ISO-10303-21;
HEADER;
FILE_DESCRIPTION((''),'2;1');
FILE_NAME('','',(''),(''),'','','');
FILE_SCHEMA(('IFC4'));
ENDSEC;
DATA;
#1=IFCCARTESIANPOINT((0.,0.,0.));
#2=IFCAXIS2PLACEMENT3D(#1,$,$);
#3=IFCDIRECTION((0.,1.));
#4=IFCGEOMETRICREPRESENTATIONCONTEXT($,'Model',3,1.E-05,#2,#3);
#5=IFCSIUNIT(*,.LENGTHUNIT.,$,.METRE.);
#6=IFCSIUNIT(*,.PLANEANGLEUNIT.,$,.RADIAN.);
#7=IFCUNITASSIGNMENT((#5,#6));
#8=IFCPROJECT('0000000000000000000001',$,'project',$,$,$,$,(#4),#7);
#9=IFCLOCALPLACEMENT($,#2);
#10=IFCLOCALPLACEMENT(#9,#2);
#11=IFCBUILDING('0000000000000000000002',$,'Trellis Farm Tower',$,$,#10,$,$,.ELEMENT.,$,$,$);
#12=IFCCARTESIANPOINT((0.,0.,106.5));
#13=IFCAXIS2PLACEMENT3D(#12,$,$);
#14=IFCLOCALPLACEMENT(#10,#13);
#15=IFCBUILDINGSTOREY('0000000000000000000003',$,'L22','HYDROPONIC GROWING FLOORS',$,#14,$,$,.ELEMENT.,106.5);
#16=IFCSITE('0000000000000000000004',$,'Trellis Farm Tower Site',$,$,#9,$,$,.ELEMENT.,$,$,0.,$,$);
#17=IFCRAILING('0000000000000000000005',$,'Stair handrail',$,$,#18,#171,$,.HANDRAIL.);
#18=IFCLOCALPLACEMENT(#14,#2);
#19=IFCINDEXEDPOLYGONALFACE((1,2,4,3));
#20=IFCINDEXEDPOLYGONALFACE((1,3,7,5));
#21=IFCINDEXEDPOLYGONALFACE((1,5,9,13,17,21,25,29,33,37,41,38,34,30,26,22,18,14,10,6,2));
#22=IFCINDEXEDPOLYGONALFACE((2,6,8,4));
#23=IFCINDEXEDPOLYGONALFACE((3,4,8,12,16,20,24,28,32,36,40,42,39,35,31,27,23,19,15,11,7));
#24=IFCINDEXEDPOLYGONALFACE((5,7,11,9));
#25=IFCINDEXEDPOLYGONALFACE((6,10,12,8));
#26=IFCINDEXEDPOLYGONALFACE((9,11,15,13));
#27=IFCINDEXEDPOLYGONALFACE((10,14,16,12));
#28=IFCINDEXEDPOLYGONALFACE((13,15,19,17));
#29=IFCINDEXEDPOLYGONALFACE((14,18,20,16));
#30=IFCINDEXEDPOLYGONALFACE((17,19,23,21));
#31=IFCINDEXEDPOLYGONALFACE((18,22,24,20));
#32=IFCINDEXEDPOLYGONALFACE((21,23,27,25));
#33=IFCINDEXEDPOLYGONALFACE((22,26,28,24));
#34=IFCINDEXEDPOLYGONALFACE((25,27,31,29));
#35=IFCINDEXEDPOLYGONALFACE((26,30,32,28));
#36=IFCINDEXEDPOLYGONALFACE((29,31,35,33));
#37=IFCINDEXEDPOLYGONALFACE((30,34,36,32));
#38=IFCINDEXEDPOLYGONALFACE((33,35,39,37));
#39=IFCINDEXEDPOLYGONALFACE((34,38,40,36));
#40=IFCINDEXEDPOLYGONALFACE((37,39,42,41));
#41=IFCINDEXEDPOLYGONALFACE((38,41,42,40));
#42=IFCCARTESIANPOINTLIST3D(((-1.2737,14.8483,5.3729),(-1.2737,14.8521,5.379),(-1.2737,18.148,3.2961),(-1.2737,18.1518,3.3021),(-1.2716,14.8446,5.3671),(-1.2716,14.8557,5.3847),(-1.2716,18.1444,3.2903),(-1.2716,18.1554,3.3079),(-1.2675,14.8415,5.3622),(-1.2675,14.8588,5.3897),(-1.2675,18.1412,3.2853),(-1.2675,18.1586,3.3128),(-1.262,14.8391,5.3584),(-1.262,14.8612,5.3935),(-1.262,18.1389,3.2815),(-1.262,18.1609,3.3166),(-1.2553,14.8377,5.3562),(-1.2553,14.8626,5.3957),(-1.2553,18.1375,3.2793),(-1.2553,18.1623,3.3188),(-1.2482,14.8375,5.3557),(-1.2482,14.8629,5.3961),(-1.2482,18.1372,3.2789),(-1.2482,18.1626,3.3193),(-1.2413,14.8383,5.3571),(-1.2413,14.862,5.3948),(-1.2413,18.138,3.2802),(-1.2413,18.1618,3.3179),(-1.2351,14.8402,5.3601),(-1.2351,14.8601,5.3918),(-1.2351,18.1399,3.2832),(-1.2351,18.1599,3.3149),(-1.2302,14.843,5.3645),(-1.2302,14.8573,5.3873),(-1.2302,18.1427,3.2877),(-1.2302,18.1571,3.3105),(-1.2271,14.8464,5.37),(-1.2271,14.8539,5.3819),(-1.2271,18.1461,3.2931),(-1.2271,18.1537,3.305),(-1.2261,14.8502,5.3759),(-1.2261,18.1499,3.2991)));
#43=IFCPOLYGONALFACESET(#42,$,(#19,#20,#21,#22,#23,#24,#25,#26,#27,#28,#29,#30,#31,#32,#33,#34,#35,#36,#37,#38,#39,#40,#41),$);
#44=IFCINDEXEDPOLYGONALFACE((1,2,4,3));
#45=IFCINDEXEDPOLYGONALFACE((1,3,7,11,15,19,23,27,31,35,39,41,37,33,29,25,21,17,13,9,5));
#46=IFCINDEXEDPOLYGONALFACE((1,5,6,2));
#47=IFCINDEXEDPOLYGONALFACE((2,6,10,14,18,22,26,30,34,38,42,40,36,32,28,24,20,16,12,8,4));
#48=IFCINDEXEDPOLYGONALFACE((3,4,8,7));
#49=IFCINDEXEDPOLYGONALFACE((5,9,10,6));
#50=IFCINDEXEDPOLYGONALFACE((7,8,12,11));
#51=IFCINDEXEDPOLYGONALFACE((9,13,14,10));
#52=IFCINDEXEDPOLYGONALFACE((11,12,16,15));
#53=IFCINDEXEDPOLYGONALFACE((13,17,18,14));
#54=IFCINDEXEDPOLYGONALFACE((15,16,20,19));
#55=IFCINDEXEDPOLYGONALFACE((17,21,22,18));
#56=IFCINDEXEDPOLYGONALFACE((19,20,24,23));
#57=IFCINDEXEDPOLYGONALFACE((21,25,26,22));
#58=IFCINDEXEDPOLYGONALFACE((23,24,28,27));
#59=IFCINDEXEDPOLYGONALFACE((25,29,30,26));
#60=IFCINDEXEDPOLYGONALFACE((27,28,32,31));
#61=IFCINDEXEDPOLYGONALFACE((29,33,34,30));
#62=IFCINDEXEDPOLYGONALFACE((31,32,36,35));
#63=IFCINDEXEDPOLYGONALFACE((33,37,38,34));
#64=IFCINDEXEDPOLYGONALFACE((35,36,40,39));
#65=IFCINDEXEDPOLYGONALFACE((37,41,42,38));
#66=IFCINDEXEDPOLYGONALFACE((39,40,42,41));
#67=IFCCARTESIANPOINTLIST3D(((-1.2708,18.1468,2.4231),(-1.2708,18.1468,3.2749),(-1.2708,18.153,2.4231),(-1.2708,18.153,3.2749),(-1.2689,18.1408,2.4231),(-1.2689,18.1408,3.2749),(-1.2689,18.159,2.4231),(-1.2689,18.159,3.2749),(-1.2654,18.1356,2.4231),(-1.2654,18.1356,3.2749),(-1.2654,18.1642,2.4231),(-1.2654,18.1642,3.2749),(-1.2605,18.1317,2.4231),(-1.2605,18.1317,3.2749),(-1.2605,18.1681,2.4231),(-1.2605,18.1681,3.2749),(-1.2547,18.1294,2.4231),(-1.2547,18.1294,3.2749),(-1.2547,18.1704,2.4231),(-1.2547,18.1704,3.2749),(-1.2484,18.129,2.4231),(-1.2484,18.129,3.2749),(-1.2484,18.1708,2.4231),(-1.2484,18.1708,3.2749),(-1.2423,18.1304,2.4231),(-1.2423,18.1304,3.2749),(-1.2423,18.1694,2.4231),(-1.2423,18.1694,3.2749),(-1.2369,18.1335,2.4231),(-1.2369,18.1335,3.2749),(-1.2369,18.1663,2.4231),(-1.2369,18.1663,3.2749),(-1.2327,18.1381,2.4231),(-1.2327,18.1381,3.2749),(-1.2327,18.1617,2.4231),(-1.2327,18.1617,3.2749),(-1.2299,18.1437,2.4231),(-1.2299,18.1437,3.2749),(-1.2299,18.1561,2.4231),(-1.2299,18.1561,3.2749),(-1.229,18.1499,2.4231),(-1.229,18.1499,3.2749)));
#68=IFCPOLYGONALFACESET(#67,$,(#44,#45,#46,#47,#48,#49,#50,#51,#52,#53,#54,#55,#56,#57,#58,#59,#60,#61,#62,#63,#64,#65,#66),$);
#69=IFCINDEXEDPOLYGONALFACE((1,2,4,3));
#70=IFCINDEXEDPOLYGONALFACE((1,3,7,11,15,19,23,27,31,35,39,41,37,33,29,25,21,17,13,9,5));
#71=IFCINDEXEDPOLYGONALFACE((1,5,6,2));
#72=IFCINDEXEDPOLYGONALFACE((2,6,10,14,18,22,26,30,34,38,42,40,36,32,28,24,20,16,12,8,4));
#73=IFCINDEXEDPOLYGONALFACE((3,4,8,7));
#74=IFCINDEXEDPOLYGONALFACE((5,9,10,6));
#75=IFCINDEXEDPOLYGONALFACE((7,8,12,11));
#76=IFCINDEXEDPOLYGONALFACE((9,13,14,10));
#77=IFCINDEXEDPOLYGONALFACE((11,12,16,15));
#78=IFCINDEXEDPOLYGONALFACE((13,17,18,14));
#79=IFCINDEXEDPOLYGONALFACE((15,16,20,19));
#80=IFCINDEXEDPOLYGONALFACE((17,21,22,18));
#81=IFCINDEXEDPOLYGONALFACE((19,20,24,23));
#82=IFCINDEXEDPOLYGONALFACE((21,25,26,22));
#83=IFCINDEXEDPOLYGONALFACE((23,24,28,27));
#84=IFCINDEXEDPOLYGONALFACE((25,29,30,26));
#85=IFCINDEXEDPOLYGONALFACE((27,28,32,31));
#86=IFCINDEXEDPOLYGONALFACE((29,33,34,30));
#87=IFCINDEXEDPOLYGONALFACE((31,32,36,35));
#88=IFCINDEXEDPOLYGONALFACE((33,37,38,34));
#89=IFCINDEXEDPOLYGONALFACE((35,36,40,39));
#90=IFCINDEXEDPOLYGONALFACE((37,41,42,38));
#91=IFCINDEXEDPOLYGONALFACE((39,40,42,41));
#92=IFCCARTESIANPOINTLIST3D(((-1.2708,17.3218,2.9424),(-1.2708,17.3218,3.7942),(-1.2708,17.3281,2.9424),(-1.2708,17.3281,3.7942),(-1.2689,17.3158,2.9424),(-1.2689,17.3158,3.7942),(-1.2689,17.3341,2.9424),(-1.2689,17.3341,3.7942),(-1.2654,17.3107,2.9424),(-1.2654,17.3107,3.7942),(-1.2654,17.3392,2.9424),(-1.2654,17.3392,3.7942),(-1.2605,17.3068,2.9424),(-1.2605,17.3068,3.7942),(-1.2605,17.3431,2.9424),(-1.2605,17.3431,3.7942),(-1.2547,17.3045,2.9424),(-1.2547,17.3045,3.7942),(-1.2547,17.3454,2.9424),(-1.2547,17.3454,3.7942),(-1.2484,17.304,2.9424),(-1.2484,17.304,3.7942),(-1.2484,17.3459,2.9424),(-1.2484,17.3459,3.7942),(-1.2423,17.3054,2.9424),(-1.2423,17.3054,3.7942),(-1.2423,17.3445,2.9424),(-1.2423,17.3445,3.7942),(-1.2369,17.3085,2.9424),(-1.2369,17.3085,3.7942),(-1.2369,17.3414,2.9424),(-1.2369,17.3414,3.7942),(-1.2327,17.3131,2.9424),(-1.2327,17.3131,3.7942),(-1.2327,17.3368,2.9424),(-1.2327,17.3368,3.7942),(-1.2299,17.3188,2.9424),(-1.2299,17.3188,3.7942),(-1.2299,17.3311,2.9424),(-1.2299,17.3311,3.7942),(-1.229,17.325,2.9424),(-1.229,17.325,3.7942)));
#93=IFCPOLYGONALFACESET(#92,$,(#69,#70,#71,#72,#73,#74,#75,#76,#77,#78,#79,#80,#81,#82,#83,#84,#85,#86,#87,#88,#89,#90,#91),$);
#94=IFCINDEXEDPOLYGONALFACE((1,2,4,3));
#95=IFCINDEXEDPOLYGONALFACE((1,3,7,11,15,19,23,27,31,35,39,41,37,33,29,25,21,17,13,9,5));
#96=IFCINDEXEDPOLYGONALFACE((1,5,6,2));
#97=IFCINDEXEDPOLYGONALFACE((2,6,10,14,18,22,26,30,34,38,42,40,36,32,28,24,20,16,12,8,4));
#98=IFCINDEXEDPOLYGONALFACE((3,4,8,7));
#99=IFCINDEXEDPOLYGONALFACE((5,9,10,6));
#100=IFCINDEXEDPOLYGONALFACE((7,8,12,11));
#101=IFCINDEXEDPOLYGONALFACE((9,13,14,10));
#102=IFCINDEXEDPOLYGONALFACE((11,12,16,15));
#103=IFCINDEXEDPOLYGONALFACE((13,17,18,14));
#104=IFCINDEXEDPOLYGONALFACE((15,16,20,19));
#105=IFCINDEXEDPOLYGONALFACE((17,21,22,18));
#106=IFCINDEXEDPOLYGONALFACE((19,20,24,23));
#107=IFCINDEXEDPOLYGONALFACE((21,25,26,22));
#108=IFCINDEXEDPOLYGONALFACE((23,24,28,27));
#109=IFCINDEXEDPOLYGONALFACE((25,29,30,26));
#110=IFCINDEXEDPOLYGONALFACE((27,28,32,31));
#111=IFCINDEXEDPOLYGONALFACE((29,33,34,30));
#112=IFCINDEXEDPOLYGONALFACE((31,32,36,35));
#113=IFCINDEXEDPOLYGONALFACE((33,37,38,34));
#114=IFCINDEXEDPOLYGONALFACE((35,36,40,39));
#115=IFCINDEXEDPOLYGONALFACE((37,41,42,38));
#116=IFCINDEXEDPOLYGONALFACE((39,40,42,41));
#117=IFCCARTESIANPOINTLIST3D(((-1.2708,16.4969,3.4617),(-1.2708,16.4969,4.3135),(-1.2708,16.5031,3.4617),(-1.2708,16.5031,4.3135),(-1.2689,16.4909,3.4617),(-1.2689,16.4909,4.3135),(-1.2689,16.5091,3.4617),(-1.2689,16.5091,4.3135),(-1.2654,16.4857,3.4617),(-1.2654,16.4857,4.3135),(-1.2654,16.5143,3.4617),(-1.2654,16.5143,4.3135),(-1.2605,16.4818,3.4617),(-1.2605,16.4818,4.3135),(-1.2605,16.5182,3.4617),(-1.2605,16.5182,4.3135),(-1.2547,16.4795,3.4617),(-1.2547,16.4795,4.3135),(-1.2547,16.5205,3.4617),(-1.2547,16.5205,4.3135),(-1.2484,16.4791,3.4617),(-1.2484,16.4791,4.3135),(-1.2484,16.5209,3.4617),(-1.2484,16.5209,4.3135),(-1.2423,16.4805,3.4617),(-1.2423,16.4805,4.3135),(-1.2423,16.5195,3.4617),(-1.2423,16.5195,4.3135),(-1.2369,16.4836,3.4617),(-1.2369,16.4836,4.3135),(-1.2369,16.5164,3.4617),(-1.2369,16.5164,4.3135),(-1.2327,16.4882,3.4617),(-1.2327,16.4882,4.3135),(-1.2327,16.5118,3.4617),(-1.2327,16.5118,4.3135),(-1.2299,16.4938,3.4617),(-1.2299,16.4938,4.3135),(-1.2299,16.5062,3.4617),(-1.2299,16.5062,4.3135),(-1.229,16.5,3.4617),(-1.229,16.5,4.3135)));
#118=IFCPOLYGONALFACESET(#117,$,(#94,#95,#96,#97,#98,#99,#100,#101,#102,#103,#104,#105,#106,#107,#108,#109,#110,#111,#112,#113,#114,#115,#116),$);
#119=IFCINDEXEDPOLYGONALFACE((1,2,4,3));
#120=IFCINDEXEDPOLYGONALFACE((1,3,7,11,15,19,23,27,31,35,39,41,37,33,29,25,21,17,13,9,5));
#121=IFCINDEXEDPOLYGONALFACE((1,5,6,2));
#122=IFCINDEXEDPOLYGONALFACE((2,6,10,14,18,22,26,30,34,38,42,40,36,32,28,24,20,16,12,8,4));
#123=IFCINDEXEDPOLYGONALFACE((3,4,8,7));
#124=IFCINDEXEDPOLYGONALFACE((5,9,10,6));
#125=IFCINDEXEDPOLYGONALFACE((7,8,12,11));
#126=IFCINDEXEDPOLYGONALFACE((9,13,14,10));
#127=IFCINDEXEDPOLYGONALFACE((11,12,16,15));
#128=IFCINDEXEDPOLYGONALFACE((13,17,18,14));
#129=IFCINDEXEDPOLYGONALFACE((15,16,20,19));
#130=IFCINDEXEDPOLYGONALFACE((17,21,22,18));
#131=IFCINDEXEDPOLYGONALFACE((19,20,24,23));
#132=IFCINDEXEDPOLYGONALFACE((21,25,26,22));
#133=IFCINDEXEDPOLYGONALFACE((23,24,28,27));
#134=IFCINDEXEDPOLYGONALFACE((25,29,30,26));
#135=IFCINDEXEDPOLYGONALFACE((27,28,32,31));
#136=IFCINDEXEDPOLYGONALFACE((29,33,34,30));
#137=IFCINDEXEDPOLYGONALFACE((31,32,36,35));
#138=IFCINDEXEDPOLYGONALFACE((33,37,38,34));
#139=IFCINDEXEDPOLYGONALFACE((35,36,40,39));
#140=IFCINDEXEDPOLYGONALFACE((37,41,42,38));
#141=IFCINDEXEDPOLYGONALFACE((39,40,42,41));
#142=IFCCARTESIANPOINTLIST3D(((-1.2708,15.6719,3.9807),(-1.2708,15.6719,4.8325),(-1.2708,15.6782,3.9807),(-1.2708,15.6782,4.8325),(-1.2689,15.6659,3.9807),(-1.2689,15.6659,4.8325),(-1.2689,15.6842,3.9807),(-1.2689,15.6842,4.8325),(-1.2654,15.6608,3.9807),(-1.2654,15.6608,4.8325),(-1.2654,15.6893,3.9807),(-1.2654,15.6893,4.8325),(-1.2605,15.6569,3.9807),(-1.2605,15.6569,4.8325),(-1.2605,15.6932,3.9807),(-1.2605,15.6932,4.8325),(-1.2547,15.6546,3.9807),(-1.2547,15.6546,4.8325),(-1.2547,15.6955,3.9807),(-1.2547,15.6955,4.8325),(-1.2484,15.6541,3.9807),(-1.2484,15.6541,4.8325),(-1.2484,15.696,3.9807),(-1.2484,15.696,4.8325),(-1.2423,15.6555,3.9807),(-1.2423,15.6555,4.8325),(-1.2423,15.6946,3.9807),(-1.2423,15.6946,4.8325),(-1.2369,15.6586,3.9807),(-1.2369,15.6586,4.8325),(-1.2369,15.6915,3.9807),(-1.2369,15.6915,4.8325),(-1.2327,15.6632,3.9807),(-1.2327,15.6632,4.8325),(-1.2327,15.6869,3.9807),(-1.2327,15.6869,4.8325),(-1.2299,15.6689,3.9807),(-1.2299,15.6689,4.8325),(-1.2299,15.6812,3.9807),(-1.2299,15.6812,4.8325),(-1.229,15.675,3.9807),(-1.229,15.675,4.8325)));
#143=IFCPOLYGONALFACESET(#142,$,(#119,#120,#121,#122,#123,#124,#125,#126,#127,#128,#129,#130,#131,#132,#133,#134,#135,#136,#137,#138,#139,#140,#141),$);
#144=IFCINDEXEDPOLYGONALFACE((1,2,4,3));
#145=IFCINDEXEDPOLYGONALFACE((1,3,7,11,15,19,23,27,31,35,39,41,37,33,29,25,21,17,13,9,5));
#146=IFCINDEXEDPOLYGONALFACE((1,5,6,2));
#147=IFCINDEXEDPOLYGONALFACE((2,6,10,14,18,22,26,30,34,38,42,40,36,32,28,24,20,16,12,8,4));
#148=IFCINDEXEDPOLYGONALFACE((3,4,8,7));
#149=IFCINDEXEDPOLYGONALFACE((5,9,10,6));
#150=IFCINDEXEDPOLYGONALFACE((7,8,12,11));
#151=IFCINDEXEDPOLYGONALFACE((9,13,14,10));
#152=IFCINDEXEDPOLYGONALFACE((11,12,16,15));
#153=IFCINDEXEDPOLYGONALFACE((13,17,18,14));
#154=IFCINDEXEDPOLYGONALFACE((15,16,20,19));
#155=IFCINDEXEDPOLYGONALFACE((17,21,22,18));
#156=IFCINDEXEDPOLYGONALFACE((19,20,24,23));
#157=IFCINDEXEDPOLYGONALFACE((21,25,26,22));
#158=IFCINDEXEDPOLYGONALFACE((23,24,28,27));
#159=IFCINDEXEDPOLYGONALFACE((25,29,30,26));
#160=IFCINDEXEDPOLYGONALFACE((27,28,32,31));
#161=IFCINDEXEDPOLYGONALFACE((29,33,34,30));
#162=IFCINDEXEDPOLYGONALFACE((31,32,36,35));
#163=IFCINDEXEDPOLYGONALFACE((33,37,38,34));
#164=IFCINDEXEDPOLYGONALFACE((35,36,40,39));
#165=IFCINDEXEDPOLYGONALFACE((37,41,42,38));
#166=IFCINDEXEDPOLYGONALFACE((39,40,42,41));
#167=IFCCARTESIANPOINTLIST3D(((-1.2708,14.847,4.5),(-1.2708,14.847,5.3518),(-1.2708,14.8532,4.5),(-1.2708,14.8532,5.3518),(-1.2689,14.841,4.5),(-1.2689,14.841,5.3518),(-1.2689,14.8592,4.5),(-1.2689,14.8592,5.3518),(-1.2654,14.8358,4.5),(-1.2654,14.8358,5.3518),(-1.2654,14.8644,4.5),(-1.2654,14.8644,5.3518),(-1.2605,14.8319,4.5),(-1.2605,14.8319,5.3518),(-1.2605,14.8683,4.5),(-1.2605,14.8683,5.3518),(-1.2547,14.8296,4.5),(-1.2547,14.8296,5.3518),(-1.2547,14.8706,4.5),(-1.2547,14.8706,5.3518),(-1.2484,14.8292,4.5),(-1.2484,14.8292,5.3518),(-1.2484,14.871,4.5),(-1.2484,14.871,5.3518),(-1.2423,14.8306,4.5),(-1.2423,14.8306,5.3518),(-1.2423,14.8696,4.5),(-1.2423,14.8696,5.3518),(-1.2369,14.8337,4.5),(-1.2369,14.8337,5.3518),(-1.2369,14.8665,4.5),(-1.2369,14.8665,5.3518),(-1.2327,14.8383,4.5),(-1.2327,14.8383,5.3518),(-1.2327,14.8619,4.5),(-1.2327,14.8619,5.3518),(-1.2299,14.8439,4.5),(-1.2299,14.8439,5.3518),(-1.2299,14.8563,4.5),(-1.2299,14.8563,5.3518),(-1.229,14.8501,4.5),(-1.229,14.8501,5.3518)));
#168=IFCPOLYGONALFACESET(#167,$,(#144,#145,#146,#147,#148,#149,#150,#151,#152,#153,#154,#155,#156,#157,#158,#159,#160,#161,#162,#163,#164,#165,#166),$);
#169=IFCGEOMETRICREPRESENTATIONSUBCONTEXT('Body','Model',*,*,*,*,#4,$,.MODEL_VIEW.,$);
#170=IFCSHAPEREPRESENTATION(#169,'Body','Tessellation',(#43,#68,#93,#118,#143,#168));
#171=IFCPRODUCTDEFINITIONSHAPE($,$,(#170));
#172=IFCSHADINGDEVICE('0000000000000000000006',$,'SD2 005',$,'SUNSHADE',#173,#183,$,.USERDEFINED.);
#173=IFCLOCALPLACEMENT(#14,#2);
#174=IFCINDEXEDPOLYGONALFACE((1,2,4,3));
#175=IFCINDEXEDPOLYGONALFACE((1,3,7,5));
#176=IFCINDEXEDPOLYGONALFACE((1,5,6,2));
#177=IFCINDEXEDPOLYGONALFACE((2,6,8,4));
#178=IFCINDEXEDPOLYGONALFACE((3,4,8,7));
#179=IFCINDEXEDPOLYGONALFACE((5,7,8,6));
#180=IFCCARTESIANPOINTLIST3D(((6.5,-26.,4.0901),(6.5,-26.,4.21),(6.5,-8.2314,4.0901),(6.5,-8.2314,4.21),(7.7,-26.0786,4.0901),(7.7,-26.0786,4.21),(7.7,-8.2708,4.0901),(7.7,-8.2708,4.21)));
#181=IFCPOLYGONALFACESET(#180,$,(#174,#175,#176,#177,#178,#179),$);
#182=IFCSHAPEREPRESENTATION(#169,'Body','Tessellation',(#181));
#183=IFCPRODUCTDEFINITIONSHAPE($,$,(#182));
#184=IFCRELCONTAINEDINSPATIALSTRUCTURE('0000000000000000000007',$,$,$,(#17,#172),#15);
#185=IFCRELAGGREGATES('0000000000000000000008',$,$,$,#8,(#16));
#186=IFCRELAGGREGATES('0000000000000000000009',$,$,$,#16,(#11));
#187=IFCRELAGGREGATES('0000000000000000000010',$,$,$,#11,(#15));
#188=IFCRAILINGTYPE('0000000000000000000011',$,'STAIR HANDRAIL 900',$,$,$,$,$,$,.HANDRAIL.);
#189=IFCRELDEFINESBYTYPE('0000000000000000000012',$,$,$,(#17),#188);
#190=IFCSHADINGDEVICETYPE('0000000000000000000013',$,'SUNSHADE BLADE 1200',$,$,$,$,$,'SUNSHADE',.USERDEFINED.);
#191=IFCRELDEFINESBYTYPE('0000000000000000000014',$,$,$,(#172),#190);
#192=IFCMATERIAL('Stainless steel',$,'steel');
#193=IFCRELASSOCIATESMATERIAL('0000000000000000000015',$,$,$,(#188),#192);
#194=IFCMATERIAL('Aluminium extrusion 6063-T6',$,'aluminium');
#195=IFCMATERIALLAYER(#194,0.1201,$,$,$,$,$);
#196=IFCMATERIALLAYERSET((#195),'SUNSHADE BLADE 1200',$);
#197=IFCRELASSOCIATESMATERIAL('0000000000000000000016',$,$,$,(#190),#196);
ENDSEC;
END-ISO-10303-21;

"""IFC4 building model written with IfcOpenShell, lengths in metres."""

from ifc_helpers import new_model, si_unit, direction, frame, origin, origin_2d, place, context, subcontext, project, spatial, polyline, circle, outline, extrude, source, transform, mapped, material, layer, layer_set, type_object, element, save


model = new_model("IFC4")

# Units and contexts
model_context = context("Model", 3, precision=1e-05, world=origin(), true_north=direction((0.0, 1.0)))
body_context = subcontext(model_context, "Body", "Model", "MODEL_VIEW")
ifc_project = project(units=[si_unit("LENGTHUNIT", "METRE"), si_unit("PLANEANGLEUNIT", "RADIAN")], contexts=[model_context])

# Site, building, storey
site_placement = place(None, origin())
site = spatial("IfcSite", under=ifc_project, at=site_placement, Name="Trellis Farm Tower Site", CompositionType="ELEMENT", RefElevation=0.0)
building_placement = place(site_placement, origin())
building = spatial("IfcBuilding", under=site, at=building_placement, Name="Trellis Farm Tower", CompositionType="ELEMENT")
storey_placement = place(building_placement, frame((0.0, 0.0, 106.5)))
storey = spatial("IfcBuildingStorey", under=building, at=storey_placement, Name="L22", Description="HYDROPONIC GROWING FLOORS", CompositionType="ELEMENT", Elevation=106.5)

# Railing
ifc_material_1 = material(Name="Stainless steel", Category="steel")
railing_type = type_object("IfcRailingType", Name="STAIR HANDRAIL 900", PredefinedType="HANDRAIL", material=ifc_material_1)
shared_shape_1 = source(origin(), body_context, "Body", "SweptSolid", [
    extrude(circle(Radius=0.0239, at=origin_2d()), frame((0.0, 0.0, 0.876), z_axis=(0.0, -0.84632, 0.532675), x_axis=(1.0, 0.0, 0.0)), (0.0, 0.0, 1.0), 3.8989),
    extrude(circle(Radius=0.021, at=origin_2d()), origin(), (0.0, 0.0, 1.0), 0.8518),
    extrude(circle(Radius=0.021, at=origin_2d()), frame((0.0, -0.825, 0.5193)), (0.0, 0.0, 1.0), 0.8518),
    extrude(circle(Radius=0.021, at=origin_2d()), frame((0.0, -1.6499, 1.0386)), (0.0, 0.0, 1.0), 0.8518),
    extrude(circle(Radius=0.021, at=origin_2d()), frame((0.0, -2.4749, 1.5576)), (0.0, 0.0, 1.0), 0.8518),
    extrude(circle(Radius=0.021, at=origin_2d()), frame((0.0, -3.2998, 2.0769)), (0.0, 0.0, 1.0), 0.8518),
])
railing_placement = place(storey_placement, frame((-1.25, 18.1499, 2.4231)))
element("IfcRailing", 1, at=railing_placement, inside=storey, type_object=railing_type, Name="Stair handrail", PredefinedType="HANDRAIL", context=body_context, shape_type="MappedRepresentation", body=[
    mapped(shared_shape_1, transform((0.0, 0.0, 0.0))),
])

# Shading device
ifc_material_2 = material(Name="Aluminium extrusion 6063-T6", Category="aluminium")
ifc_layer_1 = layer(ifc_material_2, 0.1201)
ifc_layer_set_1 = layer_set([ifc_layer_1], Name="SUNSHADE BLADE 1200")
shading_device_type = type_object("IfcShadingDeviceType", Name="SUNSHADE BLADE 1200", ElementType="SUNSHADE", PredefinedType="USERDEFINED", material=ifc_layer_set_1)
shared_shape_2 = source(origin(), body_context, "Body", "SweptSolid", [
    extrude(outline(polyline([(7.7, -26.0786), (7.7, -8.2708), (6.5, -8.2314), (6.5, -26.0), (7.7, -26.0786)])), origin(), (0.0, 0.0, 1.0), 0.1199),
])
shading_device_placement = place(storey_placement, frame((0.0, 0.0, 4.0901)))
element("IfcShadingDevice", 2, at=shading_device_placement, inside=storey, type_object=shading_device_type, Name="SD2 005", ObjectType="SUNSHADE", PredefinedType="USERDEFINED", context=body_context, shape_type="MappedRepresentation", body=[
    mapped(shared_shape_2, transform((0.0, 0.0, 0.0))),
])

save(model, "model.ifc")
